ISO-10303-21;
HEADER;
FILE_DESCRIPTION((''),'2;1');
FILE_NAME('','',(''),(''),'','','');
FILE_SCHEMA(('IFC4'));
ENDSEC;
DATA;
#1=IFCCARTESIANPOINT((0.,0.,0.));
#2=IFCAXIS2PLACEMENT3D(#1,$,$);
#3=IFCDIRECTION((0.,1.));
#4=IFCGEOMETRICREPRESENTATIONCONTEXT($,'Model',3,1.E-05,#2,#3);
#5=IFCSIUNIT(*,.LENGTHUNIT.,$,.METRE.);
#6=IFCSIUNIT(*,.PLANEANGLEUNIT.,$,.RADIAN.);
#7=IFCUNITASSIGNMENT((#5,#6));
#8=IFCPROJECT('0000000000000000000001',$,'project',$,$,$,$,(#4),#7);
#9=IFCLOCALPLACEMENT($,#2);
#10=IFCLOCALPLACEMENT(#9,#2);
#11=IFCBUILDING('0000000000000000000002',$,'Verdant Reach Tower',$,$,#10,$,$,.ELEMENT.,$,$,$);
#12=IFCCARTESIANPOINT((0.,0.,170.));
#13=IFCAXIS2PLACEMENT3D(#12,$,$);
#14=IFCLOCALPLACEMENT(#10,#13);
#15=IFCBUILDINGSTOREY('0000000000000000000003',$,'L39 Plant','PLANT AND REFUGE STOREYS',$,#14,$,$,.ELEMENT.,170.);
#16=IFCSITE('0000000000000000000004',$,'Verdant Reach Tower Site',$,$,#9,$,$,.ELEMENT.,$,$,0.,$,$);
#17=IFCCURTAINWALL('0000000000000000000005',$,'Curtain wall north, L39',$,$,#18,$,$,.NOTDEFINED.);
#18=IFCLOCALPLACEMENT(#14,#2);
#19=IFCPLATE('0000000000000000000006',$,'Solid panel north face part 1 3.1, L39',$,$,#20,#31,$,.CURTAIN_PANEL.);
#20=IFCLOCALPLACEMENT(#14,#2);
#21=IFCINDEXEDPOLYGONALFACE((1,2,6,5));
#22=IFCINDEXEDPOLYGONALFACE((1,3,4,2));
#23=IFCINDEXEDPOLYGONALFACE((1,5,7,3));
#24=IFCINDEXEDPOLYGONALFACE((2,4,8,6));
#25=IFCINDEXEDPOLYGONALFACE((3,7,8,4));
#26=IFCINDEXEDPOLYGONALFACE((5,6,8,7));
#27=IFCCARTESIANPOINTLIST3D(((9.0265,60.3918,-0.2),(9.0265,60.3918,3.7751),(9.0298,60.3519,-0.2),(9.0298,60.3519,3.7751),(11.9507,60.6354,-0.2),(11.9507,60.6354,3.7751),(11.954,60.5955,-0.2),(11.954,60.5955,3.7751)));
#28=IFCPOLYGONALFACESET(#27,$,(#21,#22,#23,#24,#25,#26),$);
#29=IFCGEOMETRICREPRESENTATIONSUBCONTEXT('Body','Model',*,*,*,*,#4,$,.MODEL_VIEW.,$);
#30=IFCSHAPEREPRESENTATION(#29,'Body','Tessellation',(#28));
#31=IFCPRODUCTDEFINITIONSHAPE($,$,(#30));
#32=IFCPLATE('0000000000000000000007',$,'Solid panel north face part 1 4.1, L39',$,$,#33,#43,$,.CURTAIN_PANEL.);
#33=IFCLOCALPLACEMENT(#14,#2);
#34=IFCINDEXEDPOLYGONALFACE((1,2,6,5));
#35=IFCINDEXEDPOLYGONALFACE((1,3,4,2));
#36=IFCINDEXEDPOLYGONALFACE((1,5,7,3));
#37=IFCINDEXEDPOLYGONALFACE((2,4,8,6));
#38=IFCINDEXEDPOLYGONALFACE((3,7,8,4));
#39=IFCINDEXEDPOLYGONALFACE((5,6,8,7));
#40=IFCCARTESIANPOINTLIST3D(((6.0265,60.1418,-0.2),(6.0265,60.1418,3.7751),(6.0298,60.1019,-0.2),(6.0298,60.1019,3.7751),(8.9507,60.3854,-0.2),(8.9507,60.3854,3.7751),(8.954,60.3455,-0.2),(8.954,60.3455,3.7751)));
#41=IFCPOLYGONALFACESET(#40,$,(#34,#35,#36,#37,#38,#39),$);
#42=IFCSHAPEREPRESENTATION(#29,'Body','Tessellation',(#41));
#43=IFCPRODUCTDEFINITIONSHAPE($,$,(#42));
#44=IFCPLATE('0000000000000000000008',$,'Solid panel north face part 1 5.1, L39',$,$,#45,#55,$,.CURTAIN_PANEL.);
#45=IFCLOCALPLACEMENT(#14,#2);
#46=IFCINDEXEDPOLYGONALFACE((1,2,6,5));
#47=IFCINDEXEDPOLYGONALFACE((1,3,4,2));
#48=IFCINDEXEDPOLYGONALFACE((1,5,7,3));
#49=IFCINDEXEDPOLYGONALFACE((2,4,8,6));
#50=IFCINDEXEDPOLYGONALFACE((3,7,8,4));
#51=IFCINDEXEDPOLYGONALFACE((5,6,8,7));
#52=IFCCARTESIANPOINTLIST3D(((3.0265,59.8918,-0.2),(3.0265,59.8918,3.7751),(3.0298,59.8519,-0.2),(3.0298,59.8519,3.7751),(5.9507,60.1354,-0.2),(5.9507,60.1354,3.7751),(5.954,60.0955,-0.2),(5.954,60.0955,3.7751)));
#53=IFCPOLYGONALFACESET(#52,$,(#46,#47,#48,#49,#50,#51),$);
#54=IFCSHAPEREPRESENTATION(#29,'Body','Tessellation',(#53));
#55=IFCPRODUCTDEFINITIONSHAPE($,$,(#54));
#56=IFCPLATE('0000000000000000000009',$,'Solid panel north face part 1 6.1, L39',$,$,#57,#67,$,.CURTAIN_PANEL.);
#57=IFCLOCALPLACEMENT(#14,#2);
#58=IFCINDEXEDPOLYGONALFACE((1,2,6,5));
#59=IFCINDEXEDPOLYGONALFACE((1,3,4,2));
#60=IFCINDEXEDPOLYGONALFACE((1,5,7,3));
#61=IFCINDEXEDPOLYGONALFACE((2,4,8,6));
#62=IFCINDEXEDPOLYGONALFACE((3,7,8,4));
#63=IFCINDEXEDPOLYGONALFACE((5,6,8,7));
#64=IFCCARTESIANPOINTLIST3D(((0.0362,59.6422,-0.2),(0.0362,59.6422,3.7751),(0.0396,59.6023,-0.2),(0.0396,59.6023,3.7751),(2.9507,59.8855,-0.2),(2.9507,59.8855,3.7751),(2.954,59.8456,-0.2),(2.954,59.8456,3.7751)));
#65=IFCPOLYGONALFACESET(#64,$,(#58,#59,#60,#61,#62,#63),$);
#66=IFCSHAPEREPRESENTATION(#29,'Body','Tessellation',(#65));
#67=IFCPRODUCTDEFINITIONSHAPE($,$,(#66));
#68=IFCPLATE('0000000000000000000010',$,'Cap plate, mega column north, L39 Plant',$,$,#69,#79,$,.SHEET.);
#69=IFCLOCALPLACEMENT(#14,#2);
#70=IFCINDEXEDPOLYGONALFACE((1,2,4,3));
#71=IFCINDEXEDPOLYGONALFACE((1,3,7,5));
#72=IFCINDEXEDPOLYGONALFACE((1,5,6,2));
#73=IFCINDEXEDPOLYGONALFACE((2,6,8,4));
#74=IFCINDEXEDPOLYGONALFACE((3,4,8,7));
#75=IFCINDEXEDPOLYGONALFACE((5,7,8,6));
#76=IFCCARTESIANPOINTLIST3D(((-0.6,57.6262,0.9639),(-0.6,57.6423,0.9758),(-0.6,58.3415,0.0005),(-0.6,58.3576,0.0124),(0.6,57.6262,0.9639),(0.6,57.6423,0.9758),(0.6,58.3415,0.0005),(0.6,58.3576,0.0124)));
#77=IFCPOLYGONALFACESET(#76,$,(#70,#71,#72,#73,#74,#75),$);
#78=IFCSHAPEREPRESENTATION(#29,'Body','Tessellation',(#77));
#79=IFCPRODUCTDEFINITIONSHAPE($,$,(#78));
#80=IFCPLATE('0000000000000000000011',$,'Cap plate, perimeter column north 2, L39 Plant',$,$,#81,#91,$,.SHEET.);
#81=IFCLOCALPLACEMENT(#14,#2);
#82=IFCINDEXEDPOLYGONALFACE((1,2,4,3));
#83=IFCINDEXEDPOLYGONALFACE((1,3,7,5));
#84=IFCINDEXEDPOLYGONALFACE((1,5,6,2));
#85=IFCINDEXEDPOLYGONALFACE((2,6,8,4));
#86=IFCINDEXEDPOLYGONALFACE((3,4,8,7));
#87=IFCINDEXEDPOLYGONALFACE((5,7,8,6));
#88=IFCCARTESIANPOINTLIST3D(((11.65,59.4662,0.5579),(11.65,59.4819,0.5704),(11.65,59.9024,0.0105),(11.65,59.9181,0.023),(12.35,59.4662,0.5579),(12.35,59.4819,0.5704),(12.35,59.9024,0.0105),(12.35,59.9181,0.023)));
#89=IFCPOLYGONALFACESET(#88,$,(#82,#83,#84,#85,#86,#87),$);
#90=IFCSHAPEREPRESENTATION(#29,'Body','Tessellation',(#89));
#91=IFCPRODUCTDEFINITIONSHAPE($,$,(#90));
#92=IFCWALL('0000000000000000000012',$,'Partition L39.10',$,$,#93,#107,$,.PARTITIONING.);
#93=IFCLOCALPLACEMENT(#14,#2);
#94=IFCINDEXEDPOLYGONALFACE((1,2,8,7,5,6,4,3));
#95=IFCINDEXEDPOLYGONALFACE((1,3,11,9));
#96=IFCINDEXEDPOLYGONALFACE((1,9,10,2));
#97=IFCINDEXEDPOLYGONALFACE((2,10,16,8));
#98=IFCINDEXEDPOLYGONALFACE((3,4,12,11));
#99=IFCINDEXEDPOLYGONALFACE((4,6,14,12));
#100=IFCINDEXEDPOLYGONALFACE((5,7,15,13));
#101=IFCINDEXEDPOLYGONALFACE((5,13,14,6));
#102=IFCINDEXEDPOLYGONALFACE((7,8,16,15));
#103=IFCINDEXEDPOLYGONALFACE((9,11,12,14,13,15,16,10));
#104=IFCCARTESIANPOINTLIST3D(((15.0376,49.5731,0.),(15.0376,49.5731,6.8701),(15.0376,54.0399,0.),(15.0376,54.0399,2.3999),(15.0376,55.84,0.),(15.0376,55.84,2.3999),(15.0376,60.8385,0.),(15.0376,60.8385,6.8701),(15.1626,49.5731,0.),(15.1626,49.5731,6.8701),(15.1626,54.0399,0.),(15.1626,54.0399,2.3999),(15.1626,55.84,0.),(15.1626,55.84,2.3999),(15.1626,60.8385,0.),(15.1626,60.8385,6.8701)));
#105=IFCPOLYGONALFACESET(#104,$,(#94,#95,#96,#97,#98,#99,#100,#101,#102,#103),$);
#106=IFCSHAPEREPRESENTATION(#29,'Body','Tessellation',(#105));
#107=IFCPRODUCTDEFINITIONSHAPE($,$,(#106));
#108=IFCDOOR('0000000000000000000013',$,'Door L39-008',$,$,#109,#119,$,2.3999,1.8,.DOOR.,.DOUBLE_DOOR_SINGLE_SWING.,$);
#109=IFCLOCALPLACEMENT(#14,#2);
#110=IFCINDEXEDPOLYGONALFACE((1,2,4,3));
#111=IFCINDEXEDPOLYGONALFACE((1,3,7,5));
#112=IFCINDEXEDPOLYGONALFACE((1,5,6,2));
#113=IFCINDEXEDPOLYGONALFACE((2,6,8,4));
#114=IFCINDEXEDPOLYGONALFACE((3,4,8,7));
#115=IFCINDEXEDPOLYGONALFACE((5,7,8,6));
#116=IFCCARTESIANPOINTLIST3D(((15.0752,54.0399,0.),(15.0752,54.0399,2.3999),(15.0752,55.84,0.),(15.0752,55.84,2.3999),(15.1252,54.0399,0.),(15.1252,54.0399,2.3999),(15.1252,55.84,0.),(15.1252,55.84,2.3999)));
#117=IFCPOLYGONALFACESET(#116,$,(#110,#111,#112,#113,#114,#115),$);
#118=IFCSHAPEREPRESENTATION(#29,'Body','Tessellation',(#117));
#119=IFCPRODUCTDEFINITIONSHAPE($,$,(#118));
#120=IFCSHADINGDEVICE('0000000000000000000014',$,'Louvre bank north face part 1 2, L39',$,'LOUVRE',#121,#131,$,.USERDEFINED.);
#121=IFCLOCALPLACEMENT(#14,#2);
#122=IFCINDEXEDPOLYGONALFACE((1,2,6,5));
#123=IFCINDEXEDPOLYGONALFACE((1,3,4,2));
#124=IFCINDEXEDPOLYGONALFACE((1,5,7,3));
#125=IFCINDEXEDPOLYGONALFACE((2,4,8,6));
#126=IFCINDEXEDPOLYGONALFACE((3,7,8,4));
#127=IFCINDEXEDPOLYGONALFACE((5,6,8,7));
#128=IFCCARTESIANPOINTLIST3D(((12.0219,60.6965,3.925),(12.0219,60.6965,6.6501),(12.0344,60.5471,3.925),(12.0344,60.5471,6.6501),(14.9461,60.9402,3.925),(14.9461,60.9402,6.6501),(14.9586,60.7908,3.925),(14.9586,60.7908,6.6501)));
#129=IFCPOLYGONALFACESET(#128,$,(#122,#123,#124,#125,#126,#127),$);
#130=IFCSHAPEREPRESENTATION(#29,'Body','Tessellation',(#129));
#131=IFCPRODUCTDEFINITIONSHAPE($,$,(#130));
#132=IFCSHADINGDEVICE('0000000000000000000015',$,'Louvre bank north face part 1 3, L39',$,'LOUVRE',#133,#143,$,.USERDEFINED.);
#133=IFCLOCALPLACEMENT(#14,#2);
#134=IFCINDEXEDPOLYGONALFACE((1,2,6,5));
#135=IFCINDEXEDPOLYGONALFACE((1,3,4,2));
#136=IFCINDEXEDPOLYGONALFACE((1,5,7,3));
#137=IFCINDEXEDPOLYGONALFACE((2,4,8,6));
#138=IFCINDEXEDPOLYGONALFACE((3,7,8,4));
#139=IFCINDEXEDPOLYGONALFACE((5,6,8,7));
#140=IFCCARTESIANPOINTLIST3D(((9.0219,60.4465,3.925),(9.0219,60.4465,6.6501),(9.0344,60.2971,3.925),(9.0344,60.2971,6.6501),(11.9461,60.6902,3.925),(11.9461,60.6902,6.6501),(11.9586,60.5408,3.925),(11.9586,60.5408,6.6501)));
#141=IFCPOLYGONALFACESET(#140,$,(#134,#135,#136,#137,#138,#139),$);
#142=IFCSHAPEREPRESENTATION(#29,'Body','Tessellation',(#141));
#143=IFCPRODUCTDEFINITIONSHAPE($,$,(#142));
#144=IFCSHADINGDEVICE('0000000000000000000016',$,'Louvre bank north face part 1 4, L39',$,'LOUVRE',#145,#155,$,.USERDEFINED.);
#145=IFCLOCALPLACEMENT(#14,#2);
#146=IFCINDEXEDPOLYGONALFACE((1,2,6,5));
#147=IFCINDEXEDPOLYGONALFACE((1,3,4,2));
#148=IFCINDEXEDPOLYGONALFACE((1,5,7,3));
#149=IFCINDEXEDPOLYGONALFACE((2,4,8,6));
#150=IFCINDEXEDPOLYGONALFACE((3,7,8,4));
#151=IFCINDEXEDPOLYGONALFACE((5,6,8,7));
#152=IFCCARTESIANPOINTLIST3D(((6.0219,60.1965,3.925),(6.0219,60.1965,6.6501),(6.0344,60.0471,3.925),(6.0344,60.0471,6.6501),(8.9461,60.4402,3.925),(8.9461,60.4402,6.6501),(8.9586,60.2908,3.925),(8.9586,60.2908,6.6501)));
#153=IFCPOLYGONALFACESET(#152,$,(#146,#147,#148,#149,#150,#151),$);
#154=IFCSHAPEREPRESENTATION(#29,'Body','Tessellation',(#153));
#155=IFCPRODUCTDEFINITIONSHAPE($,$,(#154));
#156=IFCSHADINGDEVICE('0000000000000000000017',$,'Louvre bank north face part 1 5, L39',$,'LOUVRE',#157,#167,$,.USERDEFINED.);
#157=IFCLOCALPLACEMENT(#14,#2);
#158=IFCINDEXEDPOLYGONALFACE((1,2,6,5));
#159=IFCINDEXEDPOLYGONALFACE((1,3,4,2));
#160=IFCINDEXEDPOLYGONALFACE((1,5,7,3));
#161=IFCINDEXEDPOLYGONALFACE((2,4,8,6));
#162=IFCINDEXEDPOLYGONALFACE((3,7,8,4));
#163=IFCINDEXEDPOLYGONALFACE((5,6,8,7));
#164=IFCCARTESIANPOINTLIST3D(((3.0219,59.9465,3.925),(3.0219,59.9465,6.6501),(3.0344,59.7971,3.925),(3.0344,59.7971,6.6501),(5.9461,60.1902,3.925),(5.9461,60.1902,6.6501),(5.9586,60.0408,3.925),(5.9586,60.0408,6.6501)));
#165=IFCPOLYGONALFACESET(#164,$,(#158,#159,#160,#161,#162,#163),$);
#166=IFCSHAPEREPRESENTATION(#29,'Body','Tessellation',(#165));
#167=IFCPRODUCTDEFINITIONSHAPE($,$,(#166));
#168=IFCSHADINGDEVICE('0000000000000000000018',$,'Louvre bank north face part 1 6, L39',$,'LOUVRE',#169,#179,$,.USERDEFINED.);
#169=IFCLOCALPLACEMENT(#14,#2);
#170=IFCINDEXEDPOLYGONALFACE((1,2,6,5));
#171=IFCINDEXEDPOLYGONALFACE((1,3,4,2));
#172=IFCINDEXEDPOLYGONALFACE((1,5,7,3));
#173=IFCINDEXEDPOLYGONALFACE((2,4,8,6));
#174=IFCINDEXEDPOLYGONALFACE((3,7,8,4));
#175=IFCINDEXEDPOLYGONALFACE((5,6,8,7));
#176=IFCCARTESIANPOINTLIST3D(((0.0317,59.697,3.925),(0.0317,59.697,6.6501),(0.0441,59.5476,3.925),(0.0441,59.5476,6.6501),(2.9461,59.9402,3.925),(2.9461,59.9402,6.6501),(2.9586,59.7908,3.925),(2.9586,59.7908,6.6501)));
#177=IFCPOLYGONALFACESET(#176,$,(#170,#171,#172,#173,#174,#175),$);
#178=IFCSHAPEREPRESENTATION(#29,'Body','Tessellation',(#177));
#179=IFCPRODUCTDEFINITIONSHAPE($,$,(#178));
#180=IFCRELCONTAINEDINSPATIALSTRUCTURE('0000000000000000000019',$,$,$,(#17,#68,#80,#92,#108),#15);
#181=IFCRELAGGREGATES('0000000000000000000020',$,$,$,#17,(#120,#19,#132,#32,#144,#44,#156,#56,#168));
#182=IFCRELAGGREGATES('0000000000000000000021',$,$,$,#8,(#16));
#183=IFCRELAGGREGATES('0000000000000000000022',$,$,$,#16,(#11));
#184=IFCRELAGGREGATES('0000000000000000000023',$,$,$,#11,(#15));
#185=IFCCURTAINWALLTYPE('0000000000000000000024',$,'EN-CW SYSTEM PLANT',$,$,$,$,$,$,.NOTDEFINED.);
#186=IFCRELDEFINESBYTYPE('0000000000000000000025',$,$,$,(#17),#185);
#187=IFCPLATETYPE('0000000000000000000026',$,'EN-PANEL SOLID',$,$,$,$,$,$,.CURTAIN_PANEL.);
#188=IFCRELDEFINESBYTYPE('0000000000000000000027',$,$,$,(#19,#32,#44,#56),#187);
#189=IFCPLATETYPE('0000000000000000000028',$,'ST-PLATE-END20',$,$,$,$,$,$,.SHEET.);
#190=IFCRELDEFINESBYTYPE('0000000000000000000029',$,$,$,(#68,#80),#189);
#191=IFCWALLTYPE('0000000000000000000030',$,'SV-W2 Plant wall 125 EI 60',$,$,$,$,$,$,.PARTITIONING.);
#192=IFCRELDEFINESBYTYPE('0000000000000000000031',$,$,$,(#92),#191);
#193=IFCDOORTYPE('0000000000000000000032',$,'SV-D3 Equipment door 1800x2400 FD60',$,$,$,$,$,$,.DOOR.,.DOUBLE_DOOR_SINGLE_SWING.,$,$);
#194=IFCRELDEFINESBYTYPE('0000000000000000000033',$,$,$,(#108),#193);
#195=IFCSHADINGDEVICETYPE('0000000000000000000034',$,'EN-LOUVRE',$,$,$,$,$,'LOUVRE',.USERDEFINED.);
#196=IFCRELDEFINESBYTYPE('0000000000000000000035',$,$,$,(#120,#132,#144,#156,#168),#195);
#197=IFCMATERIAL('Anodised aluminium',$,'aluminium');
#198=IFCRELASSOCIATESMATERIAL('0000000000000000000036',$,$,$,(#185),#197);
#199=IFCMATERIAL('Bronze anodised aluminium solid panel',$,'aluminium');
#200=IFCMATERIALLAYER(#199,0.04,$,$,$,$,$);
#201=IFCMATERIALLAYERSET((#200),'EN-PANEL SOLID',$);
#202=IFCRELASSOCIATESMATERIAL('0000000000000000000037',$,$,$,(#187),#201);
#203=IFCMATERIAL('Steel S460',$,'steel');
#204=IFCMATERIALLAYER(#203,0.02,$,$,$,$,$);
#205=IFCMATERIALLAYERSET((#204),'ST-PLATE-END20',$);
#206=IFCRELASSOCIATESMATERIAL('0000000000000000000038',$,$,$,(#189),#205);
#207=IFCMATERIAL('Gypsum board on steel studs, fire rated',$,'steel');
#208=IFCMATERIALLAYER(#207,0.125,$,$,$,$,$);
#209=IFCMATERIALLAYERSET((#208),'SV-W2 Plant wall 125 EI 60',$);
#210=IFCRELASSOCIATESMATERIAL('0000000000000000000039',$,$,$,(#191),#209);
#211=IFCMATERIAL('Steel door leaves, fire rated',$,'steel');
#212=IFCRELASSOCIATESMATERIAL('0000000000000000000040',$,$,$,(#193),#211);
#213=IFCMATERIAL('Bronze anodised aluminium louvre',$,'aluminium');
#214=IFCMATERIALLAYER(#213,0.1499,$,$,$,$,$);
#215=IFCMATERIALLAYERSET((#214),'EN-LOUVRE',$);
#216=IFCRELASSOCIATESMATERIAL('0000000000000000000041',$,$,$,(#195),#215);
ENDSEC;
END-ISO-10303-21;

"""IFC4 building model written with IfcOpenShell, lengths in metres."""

from ifc_helpers import new_model, si_unit, direction, frame, frame_2d, origin, origin_2d, place, context, subcontext, project, spatial, rectangle, extrude, material, layer, layer_set, type_object, element, fill, aggregate, save


model = new_model("IFC4")

# Units and contexts
model_context = context("Model", 3, precision=1e-05, world=origin(), true_north=direction((0.0, 1.0)))
body_context = subcontext(model_context, "Body", "Model", "MODEL_VIEW")
ifc_project = project(units=[si_unit("LENGTHUNIT", "METRE"), si_unit("PLANEANGLEUNIT", "RADIAN")], contexts=[model_context])

# Site, building, storey
site_placement = place(None, origin())
site = spatial("IfcSite", under=ifc_project, at=site_placement, Name="Verdant Reach Tower Site", CompositionType="ELEMENT", RefElevation=0.0)
building_placement = place(site_placement, origin())
building = spatial("IfcBuilding", under=site, at=building_placement, Name="Verdant Reach Tower", CompositionType="ELEMENT")
storey_placement = place(building_placement, frame((0.0, 0.0, 170.0)))
storey = spatial("IfcBuildingStorey", under=building, at=storey_placement, Name="L39 Plant", Description="PLANT AND REFUGE STOREYS", CompositionType="ELEMENT", Elevation=170.0)

# Shared definitions
ifc_material_1 = material(Name="Steel S460", Category="steel")

# Curtain wall
ifc_material_2 = material(Name="Anodised aluminium", Category="aluminium")
curtain_wall_type = type_object("IfcCurtainWallType", Name="EN-CW SYSTEM PLANT", PredefinedType="NOTDEFINED", material=ifc_material_2)
curtain_wall_placement = place(storey_placement, origin())
curtain_wall = element("IfcCurtainWall", 1, at=curtain_wall_placement, inside=storey, type_object=curtain_wall_type, Name="Curtain wall north, L39", PredefinedType="NOTDEFINED")

# Plates
ifc_material_3 = material(Name="Bronze anodised aluminium solid panel", Category="aluminium")
ifc_layer_1 = layer(ifc_material_3, 0.04)
ifc_layer_set_1 = layer_set([ifc_layer_1], Name="EN-PANEL SOLID")
plate_type_1 = type_object("IfcPlateType", Name="EN-PANEL SOLID", PredefinedType="CURTAIN_PANEL", material=ifc_layer_set_1)
plate_1_placement = place(storey_placement, frame((10.4902, 60.4937, -0.2), z_axis=(0.0, 0.0, 1.0), x_axis=(-0.996546, -0.083045, 0.0)))
plate_1 = element("IfcPlate", 2, at=plate_1_placement, type_object=plate_type_1, Name="Solid panel north face part 1 3.1, L39", PredefinedType="CURTAIN_PANEL", context=body_context, shape_type="SweptSolid", body=[
    extrude(rectangle(XDim=2.9343, YDim=0.04, at=origin_2d()), origin(), (0.0, 0.0, 1.0), 3.9751),
])
plate_2_placement = place(storey_placement, frame((7.4902, 60.2437, -0.2), z_axis=(0.0, 0.0, 1.0), x_axis=(-0.996546, -0.083045, 0.0)))
plate_2 = element("IfcPlate", 3, at=plate_2_placement, type_object=plate_type_1, Name="Solid panel north face part 1 4.1, L39", PredefinedType="CURTAIN_PANEL", context=body_context, shape_type="SweptSolid", body=[
    extrude(rectangle(XDim=2.9343, YDim=0.04, at=origin_2d()), origin(), (0.0, 0.0, 1.0), 3.9751),
])
plate_3_placement = place(storey_placement, frame((4.4902, 59.9937, -0.2), z_axis=(0.0, 0.0, 1.0), x_axis=(-0.996546, -0.083045, 0.0)))
plate_3 = element("IfcPlate", 4, at=plate_3_placement, type_object=plate_type_1, Name="Solid panel north face part 1 5.1, L39", PredefinedType="CURTAIN_PANEL", context=body_context, shape_type="SweptSolid", body=[
    extrude(rectangle(XDim=2.9343, YDim=0.04, at=origin_2d()), origin(), (0.0, 0.0, 1.0), 3.9751),
])
plate_4_placement = place(storey_placement, frame((1.4951, 59.7439, -0.2), z_axis=(0.0, 0.0, 1.0), x_axis=(-0.996534, -0.083182, 0.0)))
plate_4 = element("IfcPlate", 5, at=plate_4_placement, type_object=plate_type_1, Name="Solid panel north face part 1 6.1, L39", PredefinedType="CURTAIN_PANEL", context=body_context, shape_type="SweptSolid", body=[
    extrude(rectangle(XDim=2.9246, YDim=0.04, at=origin_2d()), origin(), (0.0, 0.0, 1.0), 3.9751),
])

# Plates
ifc_layer_2 = layer(ifc_material_1, 0.02)
ifc_layer_set_2 = layer_set([ifc_layer_2], Name="ST-PLATE-END20")
plate_type_2 = type_object("IfcPlateType", Name="ST-PLATE-END20", PredefinedType="SHEET", material=ifc_layer_set_2)
plate_5_placement = place(storey_placement, frame((0.0, 57.9839, 0.4822), z_axis=(0.0, 0.80291, 0.5961), x_axis=(-1.0, 0.0, 0.0)))
element("IfcPlate", 6, at=plate_5_placement, inside=storey, type_object=plate_type_2, Name="Cap plate, mega column north, L39 Plant", PredefinedType="SHEET", context=body_context, shape_type="SweptSolid", body=[
    extrude(rectangle(XDim=1.2, YDim=1.2, at=origin_2d()), origin(), (0.0, 0.0, 1.0), 0.02),
])
plate_6_placement = place(storey_placement, frame((12.0, 59.6843, 0.2842), z_axis=(0.0, 0.78206, 0.623204), x_axis=(-1.0, 0.0, 0.0)))
element("IfcPlate", 7, at=plate_6_placement, inside=storey, type_object=plate_type_2, Name="Cap plate, perimeter column north 2, L39 Plant", PredefinedType="SHEET", context=body_context, shape_type="SweptSolid", body=[
    extrude(rectangle(XDim=0.7, YDim=0.7, at=origin_2d()), origin(), (0.0, 0.0, 1.0), 0.02),
])

# Wall, opening, door
ifc_material_4 = material(Name="Gypsum board on steel studs, fire rated", Category="steel")
ifc_layer_3 = layer(ifc_material_4, 0.125)
ifc_layer_set_3 = layer_set([ifc_layer_3], Name="SV-W2 Plant wall 125 EI 60")
wall_type = type_object("IfcWallType", Name="SV-W2 Plant wall 125 EI 60", PredefinedType="PARTITIONING", material=ifc_layer_set_3)
wall_placement = place(storey_placement, frame((15.1001, 49.573, 0.0), z_axis=(0.0, 0.0, 1.0), x_axis=(0.0, 1.0, 0.0)))
wall = element("IfcWall", 8, at=wall_placement, inside=storey, type_object=wall_type, Name="Partition L39.10", PredefinedType="PARTITIONING", context=body_context, shape_type="SweptSolid", body=[
    extrude(rectangle(XDim=11.2654, YDim=0.125, at=frame_2d((5.6328, 0.0))), origin(), (0.0, 0.0, 1.0), 6.8701),
])
opening_placement = place(wall_placement, frame((4.467, 0.0, 0.0)))
opening = element("IfcOpeningElement", 9, at=opening_placement, cuts=wall, PredefinedType="OPENING", context=body_context, shape_type="SweptSolid", body=[
    extrude(rectangle(XDim=1.8, YDim=2.3999, at=frame_2d((0.8999, 1.2))), frame((0.0, 0.0725, 0.0), z_axis=(0.0, -1.0, 0.0), x_axis=(1.0, 0.0, 0.0)), (0.0, 0.0, 1.0), 0.145),
])
ifc_material_5 = material(Name="Steel door leaves, fire rated", Category="steel")
door_type = type_object("IfcDoorType", Name="SV-D3 Equipment door 1800x2400 FD60", OperationType="DOUBLE_DOOR_SINGLE_SWING", PredefinedType="DOOR", material=ifc_material_5)
door_placement = place(opening_placement, origin())
door = element("IfcDoor", 10, at=door_placement, inside=storey, type_object=door_type, Name="Door L39-008", OperationType="DOUBLE_DOOR_SINGLE_SWING", OverallHeight=2.3999, OverallWidth=1.8, PredefinedType="DOOR", context=body_context, shape_type="SweptSolid", body=[
    extrude(rectangle(XDim=1.8, YDim=2.3999, at=frame_2d((0.8999, 1.2))), frame((0.0, 0.0249, 0.0), z_axis=(0.0, -1.0, 0.0), x_axis=(1.0, 0.0, 0.0)), (0.0, 0.0, 1.0), 0.05),
])
fill(opening, door)

# Shading devices
ifc_material_6 = material(Name="Bronze anodised aluminium louvre", Category="aluminium")
ifc_layer_4 = layer(ifc_material_6, 0.1499)
ifc_layer_set_4 = layer_set([ifc_layer_4], Name="EN-LOUVRE")
shading_device_type = type_object("IfcShadingDeviceType", Name="EN-LOUVRE", ElementType="LOUVRE", PredefinedType="USERDEFINED", material=ifc_layer_set_4)
shading_device_1_placement = place(storey_placement, frame((13.4902, 60.7437, 3.925), z_axis=(0.0, 0.0, 1.0), x_axis=(-0.996546, -0.083045, 0.0)))
shading_device_1 = element("IfcShadingDevice", 11, at=shading_device_1_placement, type_object=shading_device_type, Name="Louvre bank north face part 1 2, L39", ObjectType="LOUVRE", PredefinedType="USERDEFINED", context=body_context, shape_type="SweptSolid", body=[
    extrude(rectangle(XDim=2.9343, YDim=0.1499, at=origin_2d()), origin(), (0.0, 0.0, 1.0), 2.7251),
])
shading_device_2_placement = place(storey_placement, frame((10.4902, 60.4937, 3.925), z_axis=(0.0, 0.0, 1.0), x_axis=(-0.996546, -0.083045, 0.0)))
shading_device_2 = element("IfcShadingDevice", 12, at=shading_device_2_placement, type_object=shading_device_type, Name="Louvre bank north face part 1 3, L39", ObjectType="LOUVRE", PredefinedType="USERDEFINED", context=body_context, shape_type="SweptSolid", body=[
    extrude(rectangle(XDim=2.9343, YDim=0.1499, at=origin_2d()), origin(), (0.0, 0.0, 1.0), 2.7251),
])
shading_device_3_placement = place(storey_placement, frame((7.4902, 60.2437, 3.925), z_axis=(0.0, 0.0, 1.0), x_axis=(-0.996546, -0.083045, 0.0)))
shading_device_3 = element("IfcShadingDevice", 13, at=shading_device_3_placement, type_object=shading_device_type, Name="Louvre bank north face part 1 4, L39", ObjectType="LOUVRE", PredefinedType="USERDEFINED", context=body_context, shape_type="SweptSolid", body=[
    extrude(rectangle(XDim=2.9343, YDim=0.1499, at=origin_2d()), origin(), (0.0, 0.0, 1.0), 2.7251),
])
shading_device_4_placement = place(storey_placement, frame((4.4902, 59.9937, 3.925), z_axis=(0.0, 0.0, 1.0), x_axis=(-0.996546, -0.083045, 0.0)))
shading_device_4 = element("IfcShadingDevice", 14, at=shading_device_4_placement, type_object=shading_device_type, Name="Louvre bank north face part 1 5, L39", ObjectType="LOUVRE", PredefinedType="USERDEFINED", context=body_context, shape_type="SweptSolid", body=[
    extrude(rectangle(XDim=2.9343, YDim=0.1499, at=origin_2d()), origin(), (0.0, 0.0, 1.0), 2.7251),
])
shading_device_5_placement = place(storey_placement, frame((1.4951, 59.7439, 3.925), z_axis=(0.0, 0.0, 1.0), x_axis=(-0.996534, -0.083182, 0.0)))
shading_device_5 = element("IfcShadingDevice", 15, at=shading_device_5_placement, type_object=shading_device_type, Name="Louvre bank north face part 1 6, L39", ObjectType="LOUVRE", PredefinedType="USERDEFINED", context=body_context, shape_type="SweptSolid", body=[
    extrude(rectangle(XDim=2.9246, YDim=0.1499, at=origin_2d()), origin(), (0.0, 0.0, 1.0), 2.7251),
])
aggregate(curtain_wall, [shading_device_1, plate_1, shading_device_2, plate_2, shading_device_3, plate_3, shading_device_4, plate_4, shading_device_5])

save(model, "model.ifc")
